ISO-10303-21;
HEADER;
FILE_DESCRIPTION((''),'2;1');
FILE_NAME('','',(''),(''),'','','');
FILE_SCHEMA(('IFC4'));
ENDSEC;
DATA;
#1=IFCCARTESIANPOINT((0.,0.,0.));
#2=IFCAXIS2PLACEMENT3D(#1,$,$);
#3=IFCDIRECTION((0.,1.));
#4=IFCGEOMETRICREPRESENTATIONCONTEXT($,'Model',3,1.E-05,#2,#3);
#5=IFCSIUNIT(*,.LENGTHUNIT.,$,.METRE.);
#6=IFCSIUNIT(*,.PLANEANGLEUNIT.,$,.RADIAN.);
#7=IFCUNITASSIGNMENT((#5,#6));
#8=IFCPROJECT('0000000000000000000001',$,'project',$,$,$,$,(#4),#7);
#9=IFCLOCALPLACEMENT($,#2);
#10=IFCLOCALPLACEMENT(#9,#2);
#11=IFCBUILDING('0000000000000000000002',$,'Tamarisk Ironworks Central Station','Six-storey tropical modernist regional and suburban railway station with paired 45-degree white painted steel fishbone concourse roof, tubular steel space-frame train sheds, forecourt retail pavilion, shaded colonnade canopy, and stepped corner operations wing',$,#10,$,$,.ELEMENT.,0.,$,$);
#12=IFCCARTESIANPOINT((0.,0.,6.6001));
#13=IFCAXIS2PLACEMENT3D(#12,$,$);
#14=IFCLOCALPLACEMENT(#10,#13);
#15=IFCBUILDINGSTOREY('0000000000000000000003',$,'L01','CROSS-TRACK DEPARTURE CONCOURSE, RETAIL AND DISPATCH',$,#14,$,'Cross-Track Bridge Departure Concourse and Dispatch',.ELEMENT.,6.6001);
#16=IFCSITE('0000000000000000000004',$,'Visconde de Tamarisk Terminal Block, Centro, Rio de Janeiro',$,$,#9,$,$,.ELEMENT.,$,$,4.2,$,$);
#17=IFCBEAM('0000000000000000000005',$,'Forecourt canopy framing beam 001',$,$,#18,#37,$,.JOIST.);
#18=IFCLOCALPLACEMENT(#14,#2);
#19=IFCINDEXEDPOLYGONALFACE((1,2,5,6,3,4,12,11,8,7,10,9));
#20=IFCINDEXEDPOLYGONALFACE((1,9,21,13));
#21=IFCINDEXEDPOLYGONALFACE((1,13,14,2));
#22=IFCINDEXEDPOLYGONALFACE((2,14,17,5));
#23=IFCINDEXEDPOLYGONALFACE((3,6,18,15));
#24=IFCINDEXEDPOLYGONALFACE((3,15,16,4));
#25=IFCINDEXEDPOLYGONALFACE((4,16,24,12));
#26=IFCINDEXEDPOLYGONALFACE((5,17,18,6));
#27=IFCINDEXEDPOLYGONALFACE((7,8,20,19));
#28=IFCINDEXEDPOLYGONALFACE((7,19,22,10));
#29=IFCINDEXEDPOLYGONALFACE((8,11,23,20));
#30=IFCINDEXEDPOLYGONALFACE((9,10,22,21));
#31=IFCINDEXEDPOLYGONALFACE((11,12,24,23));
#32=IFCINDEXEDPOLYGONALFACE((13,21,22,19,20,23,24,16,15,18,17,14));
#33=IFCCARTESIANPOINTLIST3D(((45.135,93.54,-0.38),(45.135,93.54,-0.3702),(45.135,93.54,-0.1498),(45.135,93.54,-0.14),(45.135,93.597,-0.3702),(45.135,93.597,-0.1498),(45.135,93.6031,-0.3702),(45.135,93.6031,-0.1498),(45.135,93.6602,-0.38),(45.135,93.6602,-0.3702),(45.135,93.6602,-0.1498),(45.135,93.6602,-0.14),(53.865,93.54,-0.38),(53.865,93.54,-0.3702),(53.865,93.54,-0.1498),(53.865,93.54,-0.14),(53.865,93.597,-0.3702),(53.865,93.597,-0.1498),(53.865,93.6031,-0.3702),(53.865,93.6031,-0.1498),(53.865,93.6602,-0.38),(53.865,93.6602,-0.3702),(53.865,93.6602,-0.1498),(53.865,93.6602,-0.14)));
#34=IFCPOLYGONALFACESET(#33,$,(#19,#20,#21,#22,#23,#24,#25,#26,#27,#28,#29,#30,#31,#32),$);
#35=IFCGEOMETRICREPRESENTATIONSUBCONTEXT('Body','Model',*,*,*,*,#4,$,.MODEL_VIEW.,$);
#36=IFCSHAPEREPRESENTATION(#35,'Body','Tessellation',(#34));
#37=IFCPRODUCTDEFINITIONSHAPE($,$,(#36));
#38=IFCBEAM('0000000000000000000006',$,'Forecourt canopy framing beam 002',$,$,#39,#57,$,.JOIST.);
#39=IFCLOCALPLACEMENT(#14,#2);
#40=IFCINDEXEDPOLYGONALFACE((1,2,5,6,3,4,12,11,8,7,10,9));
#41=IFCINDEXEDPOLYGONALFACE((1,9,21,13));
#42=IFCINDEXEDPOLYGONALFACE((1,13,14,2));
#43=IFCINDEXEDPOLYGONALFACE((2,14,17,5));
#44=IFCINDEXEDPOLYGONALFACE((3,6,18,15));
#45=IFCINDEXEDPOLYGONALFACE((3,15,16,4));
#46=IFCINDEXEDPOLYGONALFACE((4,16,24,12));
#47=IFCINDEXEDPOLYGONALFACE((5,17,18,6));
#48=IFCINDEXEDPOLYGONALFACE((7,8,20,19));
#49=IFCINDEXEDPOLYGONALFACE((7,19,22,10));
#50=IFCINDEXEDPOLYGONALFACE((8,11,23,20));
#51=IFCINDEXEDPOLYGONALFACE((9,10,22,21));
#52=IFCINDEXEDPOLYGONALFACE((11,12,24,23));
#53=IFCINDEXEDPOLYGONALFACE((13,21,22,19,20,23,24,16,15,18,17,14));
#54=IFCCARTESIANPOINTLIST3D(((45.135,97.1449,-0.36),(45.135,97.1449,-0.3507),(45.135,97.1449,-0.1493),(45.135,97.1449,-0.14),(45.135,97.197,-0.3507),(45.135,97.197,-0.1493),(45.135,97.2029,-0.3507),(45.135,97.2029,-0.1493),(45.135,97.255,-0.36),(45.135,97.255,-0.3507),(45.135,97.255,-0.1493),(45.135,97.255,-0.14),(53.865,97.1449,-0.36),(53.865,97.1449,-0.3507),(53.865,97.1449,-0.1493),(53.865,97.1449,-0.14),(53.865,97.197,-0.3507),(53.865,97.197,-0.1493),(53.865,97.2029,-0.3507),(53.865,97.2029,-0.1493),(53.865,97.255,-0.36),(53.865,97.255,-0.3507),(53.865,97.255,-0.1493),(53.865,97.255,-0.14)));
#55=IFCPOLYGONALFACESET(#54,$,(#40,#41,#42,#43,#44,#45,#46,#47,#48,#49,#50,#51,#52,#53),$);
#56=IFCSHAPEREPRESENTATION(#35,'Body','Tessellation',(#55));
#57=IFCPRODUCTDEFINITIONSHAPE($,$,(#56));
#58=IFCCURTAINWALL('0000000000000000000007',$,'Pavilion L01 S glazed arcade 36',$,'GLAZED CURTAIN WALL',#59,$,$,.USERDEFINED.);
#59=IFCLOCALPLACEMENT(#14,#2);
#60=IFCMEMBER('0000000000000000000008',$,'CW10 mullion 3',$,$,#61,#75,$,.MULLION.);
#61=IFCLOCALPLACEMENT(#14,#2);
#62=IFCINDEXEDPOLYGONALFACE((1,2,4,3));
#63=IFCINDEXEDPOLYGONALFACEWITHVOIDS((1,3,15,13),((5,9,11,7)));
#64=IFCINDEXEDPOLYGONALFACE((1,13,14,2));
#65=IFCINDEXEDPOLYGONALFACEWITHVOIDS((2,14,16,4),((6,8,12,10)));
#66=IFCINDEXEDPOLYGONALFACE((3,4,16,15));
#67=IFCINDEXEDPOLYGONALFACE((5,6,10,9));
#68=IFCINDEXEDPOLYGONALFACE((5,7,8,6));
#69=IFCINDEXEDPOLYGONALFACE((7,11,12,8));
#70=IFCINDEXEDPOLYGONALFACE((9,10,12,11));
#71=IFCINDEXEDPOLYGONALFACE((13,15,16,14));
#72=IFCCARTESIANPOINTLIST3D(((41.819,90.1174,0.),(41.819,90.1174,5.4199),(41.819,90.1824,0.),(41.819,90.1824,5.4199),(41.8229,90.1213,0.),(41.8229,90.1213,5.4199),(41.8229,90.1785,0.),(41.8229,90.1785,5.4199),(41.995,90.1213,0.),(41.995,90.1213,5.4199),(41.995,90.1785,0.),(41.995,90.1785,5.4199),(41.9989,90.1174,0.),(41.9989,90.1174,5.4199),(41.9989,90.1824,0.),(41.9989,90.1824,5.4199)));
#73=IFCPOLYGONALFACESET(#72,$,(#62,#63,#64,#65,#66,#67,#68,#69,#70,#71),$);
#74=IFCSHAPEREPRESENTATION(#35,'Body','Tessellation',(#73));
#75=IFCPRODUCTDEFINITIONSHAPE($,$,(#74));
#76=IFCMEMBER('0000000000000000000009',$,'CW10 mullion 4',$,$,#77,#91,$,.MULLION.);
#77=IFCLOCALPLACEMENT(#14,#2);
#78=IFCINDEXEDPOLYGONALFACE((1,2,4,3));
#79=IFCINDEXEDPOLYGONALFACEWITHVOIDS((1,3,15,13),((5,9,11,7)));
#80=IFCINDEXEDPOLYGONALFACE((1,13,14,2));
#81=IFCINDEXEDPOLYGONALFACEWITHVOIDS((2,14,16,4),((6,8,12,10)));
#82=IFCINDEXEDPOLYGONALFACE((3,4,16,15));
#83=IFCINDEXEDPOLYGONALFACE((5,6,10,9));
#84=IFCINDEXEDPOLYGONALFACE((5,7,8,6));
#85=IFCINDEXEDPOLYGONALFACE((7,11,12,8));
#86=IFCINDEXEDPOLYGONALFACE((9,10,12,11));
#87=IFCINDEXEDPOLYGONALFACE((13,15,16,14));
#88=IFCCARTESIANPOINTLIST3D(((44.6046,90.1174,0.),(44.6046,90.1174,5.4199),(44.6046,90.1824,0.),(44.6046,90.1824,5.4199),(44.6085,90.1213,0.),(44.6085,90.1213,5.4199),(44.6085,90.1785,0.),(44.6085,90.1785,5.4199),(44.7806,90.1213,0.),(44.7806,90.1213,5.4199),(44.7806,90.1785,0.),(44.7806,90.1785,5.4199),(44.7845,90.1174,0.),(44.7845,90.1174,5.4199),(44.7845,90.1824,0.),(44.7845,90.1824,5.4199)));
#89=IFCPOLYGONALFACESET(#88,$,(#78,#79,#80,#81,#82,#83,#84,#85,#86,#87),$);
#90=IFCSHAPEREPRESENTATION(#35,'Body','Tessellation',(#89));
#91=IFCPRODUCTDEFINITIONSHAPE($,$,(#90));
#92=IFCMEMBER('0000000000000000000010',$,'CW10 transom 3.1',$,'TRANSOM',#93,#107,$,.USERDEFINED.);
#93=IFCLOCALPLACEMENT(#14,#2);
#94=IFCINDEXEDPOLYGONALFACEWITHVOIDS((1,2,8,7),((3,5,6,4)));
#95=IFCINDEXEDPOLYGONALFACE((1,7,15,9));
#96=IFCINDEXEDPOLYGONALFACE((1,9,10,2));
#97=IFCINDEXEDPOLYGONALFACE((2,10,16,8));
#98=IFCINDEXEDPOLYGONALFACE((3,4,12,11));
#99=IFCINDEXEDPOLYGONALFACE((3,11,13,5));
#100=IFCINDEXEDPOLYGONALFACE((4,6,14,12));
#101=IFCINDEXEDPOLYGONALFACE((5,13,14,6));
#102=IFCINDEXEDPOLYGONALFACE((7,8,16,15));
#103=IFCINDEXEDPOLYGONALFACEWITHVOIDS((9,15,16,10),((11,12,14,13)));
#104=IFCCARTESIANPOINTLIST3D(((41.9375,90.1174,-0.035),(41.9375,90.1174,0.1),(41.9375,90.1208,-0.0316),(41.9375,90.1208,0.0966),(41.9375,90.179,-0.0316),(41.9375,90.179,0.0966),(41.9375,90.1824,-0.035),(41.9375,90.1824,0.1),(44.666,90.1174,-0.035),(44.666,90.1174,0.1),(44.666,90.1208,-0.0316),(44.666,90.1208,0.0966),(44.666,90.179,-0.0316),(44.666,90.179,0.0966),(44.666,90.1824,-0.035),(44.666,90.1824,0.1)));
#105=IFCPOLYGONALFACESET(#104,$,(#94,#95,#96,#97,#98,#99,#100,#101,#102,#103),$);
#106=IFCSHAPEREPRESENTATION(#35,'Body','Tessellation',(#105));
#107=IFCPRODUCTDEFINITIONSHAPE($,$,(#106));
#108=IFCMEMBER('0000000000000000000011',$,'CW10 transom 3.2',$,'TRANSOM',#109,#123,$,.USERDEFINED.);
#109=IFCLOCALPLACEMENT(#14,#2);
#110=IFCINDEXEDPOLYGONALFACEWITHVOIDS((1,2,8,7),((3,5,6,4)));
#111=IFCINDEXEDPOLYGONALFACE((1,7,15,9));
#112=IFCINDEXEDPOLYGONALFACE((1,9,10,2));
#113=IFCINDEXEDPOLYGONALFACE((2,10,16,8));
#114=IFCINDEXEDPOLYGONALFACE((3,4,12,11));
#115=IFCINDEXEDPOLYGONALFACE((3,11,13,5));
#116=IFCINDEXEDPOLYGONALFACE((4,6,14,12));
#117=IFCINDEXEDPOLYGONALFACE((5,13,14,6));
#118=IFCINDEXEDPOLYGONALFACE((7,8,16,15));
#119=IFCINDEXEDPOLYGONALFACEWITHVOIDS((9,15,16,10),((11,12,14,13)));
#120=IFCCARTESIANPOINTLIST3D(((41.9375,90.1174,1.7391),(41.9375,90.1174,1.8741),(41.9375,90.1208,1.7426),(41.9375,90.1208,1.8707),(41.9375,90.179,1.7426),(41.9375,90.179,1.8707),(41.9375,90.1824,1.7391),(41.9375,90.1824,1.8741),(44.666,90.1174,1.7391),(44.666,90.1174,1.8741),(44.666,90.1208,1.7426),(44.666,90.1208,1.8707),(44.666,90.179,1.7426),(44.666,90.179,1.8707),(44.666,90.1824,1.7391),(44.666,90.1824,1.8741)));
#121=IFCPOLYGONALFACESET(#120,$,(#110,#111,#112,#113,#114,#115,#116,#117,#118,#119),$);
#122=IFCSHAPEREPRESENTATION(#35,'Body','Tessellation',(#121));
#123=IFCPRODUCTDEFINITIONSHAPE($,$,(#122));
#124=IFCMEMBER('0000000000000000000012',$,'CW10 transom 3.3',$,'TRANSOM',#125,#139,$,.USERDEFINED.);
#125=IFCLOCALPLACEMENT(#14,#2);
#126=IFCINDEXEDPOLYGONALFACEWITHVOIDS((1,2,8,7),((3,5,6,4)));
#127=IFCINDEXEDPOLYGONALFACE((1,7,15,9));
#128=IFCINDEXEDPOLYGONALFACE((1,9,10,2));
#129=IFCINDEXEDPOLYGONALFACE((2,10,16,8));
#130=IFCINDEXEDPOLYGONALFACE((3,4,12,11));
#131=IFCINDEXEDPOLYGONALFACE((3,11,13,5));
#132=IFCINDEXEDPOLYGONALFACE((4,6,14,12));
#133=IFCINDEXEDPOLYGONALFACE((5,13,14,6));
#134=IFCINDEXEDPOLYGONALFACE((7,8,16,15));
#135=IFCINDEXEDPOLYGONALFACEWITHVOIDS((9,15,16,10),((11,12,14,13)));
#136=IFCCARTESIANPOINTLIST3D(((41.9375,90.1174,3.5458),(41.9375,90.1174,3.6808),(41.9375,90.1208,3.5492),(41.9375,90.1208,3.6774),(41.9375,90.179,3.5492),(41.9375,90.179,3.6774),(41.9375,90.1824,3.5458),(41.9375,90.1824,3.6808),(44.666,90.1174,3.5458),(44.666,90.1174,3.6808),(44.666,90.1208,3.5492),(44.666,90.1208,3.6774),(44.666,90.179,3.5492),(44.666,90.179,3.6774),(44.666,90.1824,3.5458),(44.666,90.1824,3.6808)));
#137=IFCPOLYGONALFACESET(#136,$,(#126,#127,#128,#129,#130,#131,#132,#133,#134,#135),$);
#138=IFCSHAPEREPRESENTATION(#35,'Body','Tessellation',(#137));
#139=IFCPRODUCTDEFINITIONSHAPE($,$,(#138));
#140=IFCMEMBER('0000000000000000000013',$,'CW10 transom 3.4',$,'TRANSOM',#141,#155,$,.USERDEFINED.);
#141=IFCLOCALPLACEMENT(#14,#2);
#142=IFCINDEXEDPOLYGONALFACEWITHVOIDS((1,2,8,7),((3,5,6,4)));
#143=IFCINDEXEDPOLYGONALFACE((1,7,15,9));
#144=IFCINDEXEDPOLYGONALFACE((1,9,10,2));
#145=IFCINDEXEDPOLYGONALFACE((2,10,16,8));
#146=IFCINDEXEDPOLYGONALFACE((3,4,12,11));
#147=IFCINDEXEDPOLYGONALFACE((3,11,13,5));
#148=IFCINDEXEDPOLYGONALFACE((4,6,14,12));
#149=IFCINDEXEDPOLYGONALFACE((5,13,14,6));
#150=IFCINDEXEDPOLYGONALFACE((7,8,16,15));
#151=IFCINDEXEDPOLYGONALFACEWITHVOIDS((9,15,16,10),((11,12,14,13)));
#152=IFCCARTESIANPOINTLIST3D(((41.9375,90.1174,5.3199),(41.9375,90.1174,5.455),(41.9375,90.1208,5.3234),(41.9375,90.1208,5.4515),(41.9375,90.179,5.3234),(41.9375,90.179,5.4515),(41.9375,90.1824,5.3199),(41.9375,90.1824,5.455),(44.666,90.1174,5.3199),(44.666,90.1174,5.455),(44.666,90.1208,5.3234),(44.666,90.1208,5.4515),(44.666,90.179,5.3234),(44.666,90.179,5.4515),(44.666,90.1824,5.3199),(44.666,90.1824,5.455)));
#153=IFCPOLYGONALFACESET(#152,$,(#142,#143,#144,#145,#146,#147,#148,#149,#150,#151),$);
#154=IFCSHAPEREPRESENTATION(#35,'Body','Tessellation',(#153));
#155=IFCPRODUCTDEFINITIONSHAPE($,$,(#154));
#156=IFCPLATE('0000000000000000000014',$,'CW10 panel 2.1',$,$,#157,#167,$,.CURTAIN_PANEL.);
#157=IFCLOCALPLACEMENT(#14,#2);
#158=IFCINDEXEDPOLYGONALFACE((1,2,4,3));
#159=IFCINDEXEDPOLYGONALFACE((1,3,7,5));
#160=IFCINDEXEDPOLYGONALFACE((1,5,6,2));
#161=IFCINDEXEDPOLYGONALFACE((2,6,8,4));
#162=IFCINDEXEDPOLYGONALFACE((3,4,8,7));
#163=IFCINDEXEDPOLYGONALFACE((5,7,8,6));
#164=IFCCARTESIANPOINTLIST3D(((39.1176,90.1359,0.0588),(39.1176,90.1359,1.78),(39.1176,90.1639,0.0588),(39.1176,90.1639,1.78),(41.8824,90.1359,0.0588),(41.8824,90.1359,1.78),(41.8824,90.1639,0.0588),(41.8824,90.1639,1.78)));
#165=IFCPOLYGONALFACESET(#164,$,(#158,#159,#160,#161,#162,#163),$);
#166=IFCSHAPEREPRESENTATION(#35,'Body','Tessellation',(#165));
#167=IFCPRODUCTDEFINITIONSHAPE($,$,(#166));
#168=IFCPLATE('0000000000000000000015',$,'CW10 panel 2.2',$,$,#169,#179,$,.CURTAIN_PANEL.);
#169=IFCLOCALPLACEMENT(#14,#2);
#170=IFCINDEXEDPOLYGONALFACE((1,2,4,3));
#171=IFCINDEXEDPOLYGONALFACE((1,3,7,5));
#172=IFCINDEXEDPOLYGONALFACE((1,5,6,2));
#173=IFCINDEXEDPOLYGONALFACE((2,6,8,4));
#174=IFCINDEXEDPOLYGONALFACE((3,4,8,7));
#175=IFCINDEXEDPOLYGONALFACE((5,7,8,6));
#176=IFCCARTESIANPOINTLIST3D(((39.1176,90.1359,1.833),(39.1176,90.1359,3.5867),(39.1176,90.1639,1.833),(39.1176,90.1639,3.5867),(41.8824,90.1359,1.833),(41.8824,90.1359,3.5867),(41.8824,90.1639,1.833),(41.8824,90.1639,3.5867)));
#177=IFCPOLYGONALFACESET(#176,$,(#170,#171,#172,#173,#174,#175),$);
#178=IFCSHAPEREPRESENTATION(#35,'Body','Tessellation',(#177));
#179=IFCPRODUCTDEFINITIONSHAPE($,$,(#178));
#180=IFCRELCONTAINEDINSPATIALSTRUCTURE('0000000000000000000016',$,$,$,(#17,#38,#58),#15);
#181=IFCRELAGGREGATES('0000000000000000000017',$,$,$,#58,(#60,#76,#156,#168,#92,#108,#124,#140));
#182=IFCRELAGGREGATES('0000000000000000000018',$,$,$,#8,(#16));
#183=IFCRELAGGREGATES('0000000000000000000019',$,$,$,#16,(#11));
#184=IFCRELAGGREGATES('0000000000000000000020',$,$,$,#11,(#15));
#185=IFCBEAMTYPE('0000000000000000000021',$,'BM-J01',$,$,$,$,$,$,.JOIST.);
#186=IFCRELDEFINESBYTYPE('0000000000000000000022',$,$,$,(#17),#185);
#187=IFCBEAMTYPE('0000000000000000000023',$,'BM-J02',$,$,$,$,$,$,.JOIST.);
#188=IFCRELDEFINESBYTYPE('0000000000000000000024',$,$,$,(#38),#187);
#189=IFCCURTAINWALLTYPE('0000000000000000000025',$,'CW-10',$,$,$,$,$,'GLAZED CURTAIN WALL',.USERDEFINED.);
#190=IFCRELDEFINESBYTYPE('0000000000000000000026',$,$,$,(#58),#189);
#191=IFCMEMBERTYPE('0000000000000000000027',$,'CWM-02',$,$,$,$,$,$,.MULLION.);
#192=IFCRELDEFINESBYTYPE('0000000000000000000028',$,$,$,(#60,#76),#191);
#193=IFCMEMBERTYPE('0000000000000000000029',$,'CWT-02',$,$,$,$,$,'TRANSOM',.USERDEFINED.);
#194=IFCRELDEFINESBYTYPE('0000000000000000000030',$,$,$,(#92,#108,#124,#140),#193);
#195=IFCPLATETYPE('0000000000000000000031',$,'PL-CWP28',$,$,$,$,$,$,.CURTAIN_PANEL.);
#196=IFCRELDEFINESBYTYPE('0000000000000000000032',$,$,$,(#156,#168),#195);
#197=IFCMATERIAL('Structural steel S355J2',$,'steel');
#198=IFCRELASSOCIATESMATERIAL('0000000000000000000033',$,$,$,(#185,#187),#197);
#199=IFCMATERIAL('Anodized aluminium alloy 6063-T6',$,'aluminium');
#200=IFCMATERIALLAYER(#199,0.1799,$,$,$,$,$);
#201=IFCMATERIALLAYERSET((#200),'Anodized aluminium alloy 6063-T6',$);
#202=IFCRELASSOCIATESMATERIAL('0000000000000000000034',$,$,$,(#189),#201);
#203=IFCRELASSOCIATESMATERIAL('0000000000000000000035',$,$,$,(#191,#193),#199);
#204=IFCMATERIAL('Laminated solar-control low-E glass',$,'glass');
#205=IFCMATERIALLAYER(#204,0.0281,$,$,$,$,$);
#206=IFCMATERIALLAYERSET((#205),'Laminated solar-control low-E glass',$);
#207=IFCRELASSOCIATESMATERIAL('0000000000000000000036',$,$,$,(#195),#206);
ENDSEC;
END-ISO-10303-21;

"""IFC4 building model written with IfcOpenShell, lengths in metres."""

from ifc_helpers import new_model, si_unit, direction, frame, origin, origin_2d, place, context, subcontext, project, spatial, rectangle, hollow_rectangle, i_section, extrude, material, layer, layer_set, material_profile, profile_set, type_object, element, aggregate, save


model = new_model("IFC4")

# Units and contexts
model_context = context("Model", 3, precision=1e-05, world=origin(), true_north=direction((0.0, 1.0)))
body_context = subcontext(model_context, "Body", "Model", "MODEL_VIEW")
ifc_project = project(units=[si_unit("LENGTHUNIT", "METRE"), si_unit("PLANEANGLEUNIT", "RADIAN")], contexts=[model_context])

# Site, building, storey
site_placement = place(None, origin())
site = spatial("IfcSite", under=ifc_project, at=site_placement, Name="Visconde de Tamarisk Terminal Block, Centro, Rio de Janeiro", CompositionType="ELEMENT", RefElevation=4.2)
building_placement = place(site_placement, origin())
building = spatial("IfcBuilding", under=site, at=building_placement, Name="Tamarisk Ironworks Central Station", Description="Six-storey tropical modernist regional and suburban railway station with paired 45-degree white painted steel fishbone concourse roof, tubular steel space-frame train sheds, forecourt retail pavilion, shaded colonnade canopy, and stepped corner operations wing", CompositionType="ELEMENT", ElevationOfRefHeight=0.0)
storey_placement = place(building_placement, frame((0.0, 0.0, 6.6001)))
storey = spatial("IfcBuildingStorey", under=building, at=storey_placement, Name="L01", Description="CROSS-TRACK DEPARTURE CONCOURSE, RETAIL AND DISPATCH", LongName="Cross-Track Bridge Departure Concourse and Dispatch", CompositionType="ELEMENT", Elevation=6.6001)

# Shared definitions
ifc_material_1 = material(Name="Structural steel S355J2", Category="steel")

# Beams
ifc_material_profile_1 = material_profile(ifc_material_1, i_section(OverallWidth=0.1201, OverallDepth=0.24, WebThickness=0.0061, FlangeThickness=0.0098, at=origin_2d()), Name="IPE 240")
ifc_profile_set_1 = profile_set([ifc_material_profile_1], Name="Structural steel S355J2")
beam_type_1 = type_object("IfcBeamType", Name="BM-J01", PredefinedType="JOIST", material=ifc_profile_set_1)
beam_1_placement = place(storey_placement, frame((45.135, 93.6001, -0.26), z_axis=(1.0, 0.0, 0.0), x_axis=(0.0, 1.0, 0.0)))
element("IfcBeam", 1, at=beam_1_placement, inside=storey, type_object=beam_type_1, Name="Forecourt canopy framing beam 001", PredefinedType="JOIST", context=body_context, shape_type="SweptSolid", body=[
    extrude(i_section(OverallWidth=0.1201, OverallDepth=0.24, WebThickness=0.0061, FlangeThickness=0.0098, at=origin_2d()), origin(), (0.0, 0.0, 1.0), 8.73),
])
ifc_material_profile_2 = material_profile(ifc_material_1, i_section(OverallWidth=0.1101, OverallDepth=0.22, WebThickness=0.0059, FlangeThickness=0.0093, at=origin_2d()), Name="IPE 220")
ifc_profile_set_2 = profile_set([ifc_material_profile_2], Name="Structural steel S355J2")
beam_type_2 = type_object("IfcBeamType", Name="BM-J02", PredefinedType="JOIST", material=ifc_profile_set_2)
beam_2_placement = place(storey_placement, frame((45.135, 97.2, -0.25), z_axis=(1.0, 0.0, 0.0), x_axis=(0.0, 1.0, 0.0)))
element("IfcBeam", 2, at=beam_2_placement, inside=storey, type_object=beam_type_2, Name="Forecourt canopy framing beam 002", PredefinedType="JOIST", context=body_context, shape_type="SweptSolid", body=[
    extrude(i_section(OverallWidth=0.1101, OverallDepth=0.22, WebThickness=0.0059, FlangeThickness=0.0093, at=origin_2d()), origin(), (0.0, 0.0, 1.0), 8.73),
])

# Curtain wall, members, plates
ifc_material_2 = material(Name="Anodized aluminium alloy 6063-T6", Category="aluminium")
ifc_layer_1 = layer(ifc_material_2, 0.1799)
ifc_layer_set_1 = layer_set([ifc_layer_1], Name="Anodized aluminium alloy 6063-T6")
curtain_wall_type = type_object("IfcCurtainWallType", Name="CW-10", ElementType="GLAZED CURTAIN WALL", PredefinedType="USERDEFINED", material=ifc_layer_set_1)
curtain_wall_placement = place(storey_placement, origin())
curtain_wall = element("IfcCurtainWall", 3, at=curtain_wall_placement, inside=storey, type_object=curtain_wall_type, Name="Pavilion L01 S glazed arcade 36", ObjectType="GLAZED CURTAIN WALL", PredefinedType="USERDEFINED")
ifc_material_profile_3 = material_profile(ifc_material_2, hollow_rectangle(XDim=0.0649, YDim=0.1799, WallThickness=0.0039, at=origin_2d()), Name="ALUM 180x65")
ifc_profile_set_3 = profile_set([ifc_material_profile_3], Name="Anodized aluminium alloy 6063-T6")
member_type_1 = type_object("IfcMemberType", Name="CWM-02", PredefinedType="MULLION", material=ifc_profile_set_3)
member_1_placement = place(storey_placement, frame((41.9089, 90.1499, 0.0), z_axis=(0.0, 0.0, 1.0), x_axis=(0.0, 1.0, 0.0)))
member_1 = element("IfcMember", 4, at=member_1_placement, type_object=member_type_1, Name="CW10 mullion 3", PredefinedType="MULLION", context=body_context, shape_type="SweptSolid", body=[
    extrude(hollow_rectangle(XDim=0.0649, YDim=0.1799, WallThickness=0.0039, at=origin_2d()), origin(), (0.0, 0.0, 1.0), 5.4199),
])
member_2_placement = place(storey_placement, frame((44.6946, 90.1499, 0.0), z_axis=(0.0, 0.0, 1.0), x_axis=(0.0, 1.0, 0.0)))
member_2 = element("IfcMember", 5, at=member_2_placement, type_object=member_type_1, Name="CW10 mullion 4", PredefinedType="MULLION", context=body_context, shape_type="SweptSolid", body=[
    extrude(hollow_rectangle(XDim=0.0649, YDim=0.1799, WallThickness=0.0039, at=origin_2d()), origin(), (0.0, 0.0, 1.0), 5.4199),
])
ifc_material_profile_4 = material_profile(ifc_material_2, hollow_rectangle(XDim=0.0649, YDim=0.135, WallThickness=0.0034, at=origin_2d()), Name="ALUM 135x65")
ifc_profile_set_4 = profile_set([ifc_material_profile_4], Name="Anodized aluminium alloy 6063-T6")
member_type_2 = type_object("IfcMemberType", Name="CWT-02", ElementType="TRANSOM", PredefinedType="USERDEFINED", material=ifc_profile_set_4)
member_3_placement = place(storey_placement, frame((41.9375, 90.1499, 0.0325), z_axis=(1.0, 0.0, 0.0), x_axis=(0.0, 1.0, 0.0)))
member_3 = element("IfcMember", 6, at=member_3_placement, type_object=member_type_2, Name="CW10 transom 3.1", ObjectType="TRANSOM", PredefinedType="USERDEFINED", context=body_context, shape_type="SweptSolid", body=[
    extrude(hollow_rectangle(XDim=0.0649, YDim=0.135, WallThickness=0.0034, at=origin_2d()), origin(), (0.0, 0.0, 1.0), 2.7285),
])
member_4_placement = place(storey_placement, frame((41.9375, 90.1499, 1.8066), z_axis=(1.0, 0.0, 0.0), x_axis=(0.0, 1.0, 0.0)))
member_4 = element("IfcMember", 7, at=member_4_placement, type_object=member_type_2, Name="CW10 transom 3.2", ObjectType="TRANSOM", PredefinedType="USERDEFINED", context=body_context, shape_type="SweptSolid", body=[
    extrude(hollow_rectangle(XDim=0.0649, YDim=0.135, WallThickness=0.0034, at=origin_2d()), origin(), (0.0, 0.0, 1.0), 2.7285),
])
member_5_placement = place(storey_placement, frame((41.9375, 90.1499, 3.6133), z_axis=(1.0, 0.0, 0.0), x_axis=(0.0, 1.0, 0.0)))
member_5 = element("IfcMember", 8, at=member_5_placement, type_object=member_type_2, Name="CW10 transom 3.3", ObjectType="TRANSOM", PredefinedType="USERDEFINED", context=body_context, shape_type="SweptSolid", body=[
    extrude(hollow_rectangle(XDim=0.0649, YDim=0.135, WallThickness=0.0034, at=origin_2d()), origin(), (0.0, 0.0, 1.0), 2.7285),
])
member_6_placement = place(storey_placement, frame((41.9375, 90.1499, 5.3875), z_axis=(1.0, 0.0, 0.0), x_axis=(0.0, 1.0, 0.0)))
member_6 = element("IfcMember", 9, at=member_6_placement, type_object=member_type_2, Name="CW10 transom 3.4", ObjectType="TRANSOM", PredefinedType="USERDEFINED", context=body_context, shape_type="SweptSolid", body=[
    extrude(hollow_rectangle(XDim=0.0649, YDim=0.135, WallThickness=0.0034, at=origin_2d()), origin(), (0.0, 0.0, 1.0), 2.7285),
])
ifc_material_3 = material(Name="Laminated solar-control low-E glass", Category="glass")
ifc_layer_2 = layer(ifc_material_3, 0.0281)
ifc_layer_set_2 = layer_set([ifc_layer_2], Name="Laminated solar-control low-E glass")
plate_type = type_object("IfcPlateType", Name="PL-CWP28", PredefinedType="CURTAIN_PANEL", material=ifc_layer_set_2)
plate_1_placement = place(storey_placement, frame((40.5, 90.1499, 0.0588), z_axis=(0.0, 0.0, 1.0), x_axis=(1.0, 0.0, 0.0)))
plate_1 = element("IfcPlate", 10, at=plate_1_placement, type_object=plate_type, Name="CW10 panel 2.1", PredefinedType="CURTAIN_PANEL", context=body_context, shape_type="SweptSolid", body=[
    extrude(rectangle(XDim=2.7649, YDim=0.0281, at=origin_2d()), origin(), (0.0, 0.0, 1.0), 1.7212),
])
plate_2_placement = place(storey_placement, frame((40.5, 90.1499, 1.833), z_axis=(0.0, 0.0, 1.0), x_axis=(1.0, 0.0, 0.0)))
plate_2 = element("IfcPlate", 11, at=plate_2_placement, type_object=plate_type, Name="CW10 panel 2.2", PredefinedType="CURTAIN_PANEL", context=body_context, shape_type="SweptSolid", body=[
    extrude(rectangle(XDim=2.7649, YDim=0.0281, at=origin_2d()), origin(), (0.0, 0.0, 1.0), 1.7537),
])
aggregate(curtain_wall, [member_1, member_2, plate_1, plate_2, member_3, member_4, member_5, member_6])

save(model, "model.ifc")
